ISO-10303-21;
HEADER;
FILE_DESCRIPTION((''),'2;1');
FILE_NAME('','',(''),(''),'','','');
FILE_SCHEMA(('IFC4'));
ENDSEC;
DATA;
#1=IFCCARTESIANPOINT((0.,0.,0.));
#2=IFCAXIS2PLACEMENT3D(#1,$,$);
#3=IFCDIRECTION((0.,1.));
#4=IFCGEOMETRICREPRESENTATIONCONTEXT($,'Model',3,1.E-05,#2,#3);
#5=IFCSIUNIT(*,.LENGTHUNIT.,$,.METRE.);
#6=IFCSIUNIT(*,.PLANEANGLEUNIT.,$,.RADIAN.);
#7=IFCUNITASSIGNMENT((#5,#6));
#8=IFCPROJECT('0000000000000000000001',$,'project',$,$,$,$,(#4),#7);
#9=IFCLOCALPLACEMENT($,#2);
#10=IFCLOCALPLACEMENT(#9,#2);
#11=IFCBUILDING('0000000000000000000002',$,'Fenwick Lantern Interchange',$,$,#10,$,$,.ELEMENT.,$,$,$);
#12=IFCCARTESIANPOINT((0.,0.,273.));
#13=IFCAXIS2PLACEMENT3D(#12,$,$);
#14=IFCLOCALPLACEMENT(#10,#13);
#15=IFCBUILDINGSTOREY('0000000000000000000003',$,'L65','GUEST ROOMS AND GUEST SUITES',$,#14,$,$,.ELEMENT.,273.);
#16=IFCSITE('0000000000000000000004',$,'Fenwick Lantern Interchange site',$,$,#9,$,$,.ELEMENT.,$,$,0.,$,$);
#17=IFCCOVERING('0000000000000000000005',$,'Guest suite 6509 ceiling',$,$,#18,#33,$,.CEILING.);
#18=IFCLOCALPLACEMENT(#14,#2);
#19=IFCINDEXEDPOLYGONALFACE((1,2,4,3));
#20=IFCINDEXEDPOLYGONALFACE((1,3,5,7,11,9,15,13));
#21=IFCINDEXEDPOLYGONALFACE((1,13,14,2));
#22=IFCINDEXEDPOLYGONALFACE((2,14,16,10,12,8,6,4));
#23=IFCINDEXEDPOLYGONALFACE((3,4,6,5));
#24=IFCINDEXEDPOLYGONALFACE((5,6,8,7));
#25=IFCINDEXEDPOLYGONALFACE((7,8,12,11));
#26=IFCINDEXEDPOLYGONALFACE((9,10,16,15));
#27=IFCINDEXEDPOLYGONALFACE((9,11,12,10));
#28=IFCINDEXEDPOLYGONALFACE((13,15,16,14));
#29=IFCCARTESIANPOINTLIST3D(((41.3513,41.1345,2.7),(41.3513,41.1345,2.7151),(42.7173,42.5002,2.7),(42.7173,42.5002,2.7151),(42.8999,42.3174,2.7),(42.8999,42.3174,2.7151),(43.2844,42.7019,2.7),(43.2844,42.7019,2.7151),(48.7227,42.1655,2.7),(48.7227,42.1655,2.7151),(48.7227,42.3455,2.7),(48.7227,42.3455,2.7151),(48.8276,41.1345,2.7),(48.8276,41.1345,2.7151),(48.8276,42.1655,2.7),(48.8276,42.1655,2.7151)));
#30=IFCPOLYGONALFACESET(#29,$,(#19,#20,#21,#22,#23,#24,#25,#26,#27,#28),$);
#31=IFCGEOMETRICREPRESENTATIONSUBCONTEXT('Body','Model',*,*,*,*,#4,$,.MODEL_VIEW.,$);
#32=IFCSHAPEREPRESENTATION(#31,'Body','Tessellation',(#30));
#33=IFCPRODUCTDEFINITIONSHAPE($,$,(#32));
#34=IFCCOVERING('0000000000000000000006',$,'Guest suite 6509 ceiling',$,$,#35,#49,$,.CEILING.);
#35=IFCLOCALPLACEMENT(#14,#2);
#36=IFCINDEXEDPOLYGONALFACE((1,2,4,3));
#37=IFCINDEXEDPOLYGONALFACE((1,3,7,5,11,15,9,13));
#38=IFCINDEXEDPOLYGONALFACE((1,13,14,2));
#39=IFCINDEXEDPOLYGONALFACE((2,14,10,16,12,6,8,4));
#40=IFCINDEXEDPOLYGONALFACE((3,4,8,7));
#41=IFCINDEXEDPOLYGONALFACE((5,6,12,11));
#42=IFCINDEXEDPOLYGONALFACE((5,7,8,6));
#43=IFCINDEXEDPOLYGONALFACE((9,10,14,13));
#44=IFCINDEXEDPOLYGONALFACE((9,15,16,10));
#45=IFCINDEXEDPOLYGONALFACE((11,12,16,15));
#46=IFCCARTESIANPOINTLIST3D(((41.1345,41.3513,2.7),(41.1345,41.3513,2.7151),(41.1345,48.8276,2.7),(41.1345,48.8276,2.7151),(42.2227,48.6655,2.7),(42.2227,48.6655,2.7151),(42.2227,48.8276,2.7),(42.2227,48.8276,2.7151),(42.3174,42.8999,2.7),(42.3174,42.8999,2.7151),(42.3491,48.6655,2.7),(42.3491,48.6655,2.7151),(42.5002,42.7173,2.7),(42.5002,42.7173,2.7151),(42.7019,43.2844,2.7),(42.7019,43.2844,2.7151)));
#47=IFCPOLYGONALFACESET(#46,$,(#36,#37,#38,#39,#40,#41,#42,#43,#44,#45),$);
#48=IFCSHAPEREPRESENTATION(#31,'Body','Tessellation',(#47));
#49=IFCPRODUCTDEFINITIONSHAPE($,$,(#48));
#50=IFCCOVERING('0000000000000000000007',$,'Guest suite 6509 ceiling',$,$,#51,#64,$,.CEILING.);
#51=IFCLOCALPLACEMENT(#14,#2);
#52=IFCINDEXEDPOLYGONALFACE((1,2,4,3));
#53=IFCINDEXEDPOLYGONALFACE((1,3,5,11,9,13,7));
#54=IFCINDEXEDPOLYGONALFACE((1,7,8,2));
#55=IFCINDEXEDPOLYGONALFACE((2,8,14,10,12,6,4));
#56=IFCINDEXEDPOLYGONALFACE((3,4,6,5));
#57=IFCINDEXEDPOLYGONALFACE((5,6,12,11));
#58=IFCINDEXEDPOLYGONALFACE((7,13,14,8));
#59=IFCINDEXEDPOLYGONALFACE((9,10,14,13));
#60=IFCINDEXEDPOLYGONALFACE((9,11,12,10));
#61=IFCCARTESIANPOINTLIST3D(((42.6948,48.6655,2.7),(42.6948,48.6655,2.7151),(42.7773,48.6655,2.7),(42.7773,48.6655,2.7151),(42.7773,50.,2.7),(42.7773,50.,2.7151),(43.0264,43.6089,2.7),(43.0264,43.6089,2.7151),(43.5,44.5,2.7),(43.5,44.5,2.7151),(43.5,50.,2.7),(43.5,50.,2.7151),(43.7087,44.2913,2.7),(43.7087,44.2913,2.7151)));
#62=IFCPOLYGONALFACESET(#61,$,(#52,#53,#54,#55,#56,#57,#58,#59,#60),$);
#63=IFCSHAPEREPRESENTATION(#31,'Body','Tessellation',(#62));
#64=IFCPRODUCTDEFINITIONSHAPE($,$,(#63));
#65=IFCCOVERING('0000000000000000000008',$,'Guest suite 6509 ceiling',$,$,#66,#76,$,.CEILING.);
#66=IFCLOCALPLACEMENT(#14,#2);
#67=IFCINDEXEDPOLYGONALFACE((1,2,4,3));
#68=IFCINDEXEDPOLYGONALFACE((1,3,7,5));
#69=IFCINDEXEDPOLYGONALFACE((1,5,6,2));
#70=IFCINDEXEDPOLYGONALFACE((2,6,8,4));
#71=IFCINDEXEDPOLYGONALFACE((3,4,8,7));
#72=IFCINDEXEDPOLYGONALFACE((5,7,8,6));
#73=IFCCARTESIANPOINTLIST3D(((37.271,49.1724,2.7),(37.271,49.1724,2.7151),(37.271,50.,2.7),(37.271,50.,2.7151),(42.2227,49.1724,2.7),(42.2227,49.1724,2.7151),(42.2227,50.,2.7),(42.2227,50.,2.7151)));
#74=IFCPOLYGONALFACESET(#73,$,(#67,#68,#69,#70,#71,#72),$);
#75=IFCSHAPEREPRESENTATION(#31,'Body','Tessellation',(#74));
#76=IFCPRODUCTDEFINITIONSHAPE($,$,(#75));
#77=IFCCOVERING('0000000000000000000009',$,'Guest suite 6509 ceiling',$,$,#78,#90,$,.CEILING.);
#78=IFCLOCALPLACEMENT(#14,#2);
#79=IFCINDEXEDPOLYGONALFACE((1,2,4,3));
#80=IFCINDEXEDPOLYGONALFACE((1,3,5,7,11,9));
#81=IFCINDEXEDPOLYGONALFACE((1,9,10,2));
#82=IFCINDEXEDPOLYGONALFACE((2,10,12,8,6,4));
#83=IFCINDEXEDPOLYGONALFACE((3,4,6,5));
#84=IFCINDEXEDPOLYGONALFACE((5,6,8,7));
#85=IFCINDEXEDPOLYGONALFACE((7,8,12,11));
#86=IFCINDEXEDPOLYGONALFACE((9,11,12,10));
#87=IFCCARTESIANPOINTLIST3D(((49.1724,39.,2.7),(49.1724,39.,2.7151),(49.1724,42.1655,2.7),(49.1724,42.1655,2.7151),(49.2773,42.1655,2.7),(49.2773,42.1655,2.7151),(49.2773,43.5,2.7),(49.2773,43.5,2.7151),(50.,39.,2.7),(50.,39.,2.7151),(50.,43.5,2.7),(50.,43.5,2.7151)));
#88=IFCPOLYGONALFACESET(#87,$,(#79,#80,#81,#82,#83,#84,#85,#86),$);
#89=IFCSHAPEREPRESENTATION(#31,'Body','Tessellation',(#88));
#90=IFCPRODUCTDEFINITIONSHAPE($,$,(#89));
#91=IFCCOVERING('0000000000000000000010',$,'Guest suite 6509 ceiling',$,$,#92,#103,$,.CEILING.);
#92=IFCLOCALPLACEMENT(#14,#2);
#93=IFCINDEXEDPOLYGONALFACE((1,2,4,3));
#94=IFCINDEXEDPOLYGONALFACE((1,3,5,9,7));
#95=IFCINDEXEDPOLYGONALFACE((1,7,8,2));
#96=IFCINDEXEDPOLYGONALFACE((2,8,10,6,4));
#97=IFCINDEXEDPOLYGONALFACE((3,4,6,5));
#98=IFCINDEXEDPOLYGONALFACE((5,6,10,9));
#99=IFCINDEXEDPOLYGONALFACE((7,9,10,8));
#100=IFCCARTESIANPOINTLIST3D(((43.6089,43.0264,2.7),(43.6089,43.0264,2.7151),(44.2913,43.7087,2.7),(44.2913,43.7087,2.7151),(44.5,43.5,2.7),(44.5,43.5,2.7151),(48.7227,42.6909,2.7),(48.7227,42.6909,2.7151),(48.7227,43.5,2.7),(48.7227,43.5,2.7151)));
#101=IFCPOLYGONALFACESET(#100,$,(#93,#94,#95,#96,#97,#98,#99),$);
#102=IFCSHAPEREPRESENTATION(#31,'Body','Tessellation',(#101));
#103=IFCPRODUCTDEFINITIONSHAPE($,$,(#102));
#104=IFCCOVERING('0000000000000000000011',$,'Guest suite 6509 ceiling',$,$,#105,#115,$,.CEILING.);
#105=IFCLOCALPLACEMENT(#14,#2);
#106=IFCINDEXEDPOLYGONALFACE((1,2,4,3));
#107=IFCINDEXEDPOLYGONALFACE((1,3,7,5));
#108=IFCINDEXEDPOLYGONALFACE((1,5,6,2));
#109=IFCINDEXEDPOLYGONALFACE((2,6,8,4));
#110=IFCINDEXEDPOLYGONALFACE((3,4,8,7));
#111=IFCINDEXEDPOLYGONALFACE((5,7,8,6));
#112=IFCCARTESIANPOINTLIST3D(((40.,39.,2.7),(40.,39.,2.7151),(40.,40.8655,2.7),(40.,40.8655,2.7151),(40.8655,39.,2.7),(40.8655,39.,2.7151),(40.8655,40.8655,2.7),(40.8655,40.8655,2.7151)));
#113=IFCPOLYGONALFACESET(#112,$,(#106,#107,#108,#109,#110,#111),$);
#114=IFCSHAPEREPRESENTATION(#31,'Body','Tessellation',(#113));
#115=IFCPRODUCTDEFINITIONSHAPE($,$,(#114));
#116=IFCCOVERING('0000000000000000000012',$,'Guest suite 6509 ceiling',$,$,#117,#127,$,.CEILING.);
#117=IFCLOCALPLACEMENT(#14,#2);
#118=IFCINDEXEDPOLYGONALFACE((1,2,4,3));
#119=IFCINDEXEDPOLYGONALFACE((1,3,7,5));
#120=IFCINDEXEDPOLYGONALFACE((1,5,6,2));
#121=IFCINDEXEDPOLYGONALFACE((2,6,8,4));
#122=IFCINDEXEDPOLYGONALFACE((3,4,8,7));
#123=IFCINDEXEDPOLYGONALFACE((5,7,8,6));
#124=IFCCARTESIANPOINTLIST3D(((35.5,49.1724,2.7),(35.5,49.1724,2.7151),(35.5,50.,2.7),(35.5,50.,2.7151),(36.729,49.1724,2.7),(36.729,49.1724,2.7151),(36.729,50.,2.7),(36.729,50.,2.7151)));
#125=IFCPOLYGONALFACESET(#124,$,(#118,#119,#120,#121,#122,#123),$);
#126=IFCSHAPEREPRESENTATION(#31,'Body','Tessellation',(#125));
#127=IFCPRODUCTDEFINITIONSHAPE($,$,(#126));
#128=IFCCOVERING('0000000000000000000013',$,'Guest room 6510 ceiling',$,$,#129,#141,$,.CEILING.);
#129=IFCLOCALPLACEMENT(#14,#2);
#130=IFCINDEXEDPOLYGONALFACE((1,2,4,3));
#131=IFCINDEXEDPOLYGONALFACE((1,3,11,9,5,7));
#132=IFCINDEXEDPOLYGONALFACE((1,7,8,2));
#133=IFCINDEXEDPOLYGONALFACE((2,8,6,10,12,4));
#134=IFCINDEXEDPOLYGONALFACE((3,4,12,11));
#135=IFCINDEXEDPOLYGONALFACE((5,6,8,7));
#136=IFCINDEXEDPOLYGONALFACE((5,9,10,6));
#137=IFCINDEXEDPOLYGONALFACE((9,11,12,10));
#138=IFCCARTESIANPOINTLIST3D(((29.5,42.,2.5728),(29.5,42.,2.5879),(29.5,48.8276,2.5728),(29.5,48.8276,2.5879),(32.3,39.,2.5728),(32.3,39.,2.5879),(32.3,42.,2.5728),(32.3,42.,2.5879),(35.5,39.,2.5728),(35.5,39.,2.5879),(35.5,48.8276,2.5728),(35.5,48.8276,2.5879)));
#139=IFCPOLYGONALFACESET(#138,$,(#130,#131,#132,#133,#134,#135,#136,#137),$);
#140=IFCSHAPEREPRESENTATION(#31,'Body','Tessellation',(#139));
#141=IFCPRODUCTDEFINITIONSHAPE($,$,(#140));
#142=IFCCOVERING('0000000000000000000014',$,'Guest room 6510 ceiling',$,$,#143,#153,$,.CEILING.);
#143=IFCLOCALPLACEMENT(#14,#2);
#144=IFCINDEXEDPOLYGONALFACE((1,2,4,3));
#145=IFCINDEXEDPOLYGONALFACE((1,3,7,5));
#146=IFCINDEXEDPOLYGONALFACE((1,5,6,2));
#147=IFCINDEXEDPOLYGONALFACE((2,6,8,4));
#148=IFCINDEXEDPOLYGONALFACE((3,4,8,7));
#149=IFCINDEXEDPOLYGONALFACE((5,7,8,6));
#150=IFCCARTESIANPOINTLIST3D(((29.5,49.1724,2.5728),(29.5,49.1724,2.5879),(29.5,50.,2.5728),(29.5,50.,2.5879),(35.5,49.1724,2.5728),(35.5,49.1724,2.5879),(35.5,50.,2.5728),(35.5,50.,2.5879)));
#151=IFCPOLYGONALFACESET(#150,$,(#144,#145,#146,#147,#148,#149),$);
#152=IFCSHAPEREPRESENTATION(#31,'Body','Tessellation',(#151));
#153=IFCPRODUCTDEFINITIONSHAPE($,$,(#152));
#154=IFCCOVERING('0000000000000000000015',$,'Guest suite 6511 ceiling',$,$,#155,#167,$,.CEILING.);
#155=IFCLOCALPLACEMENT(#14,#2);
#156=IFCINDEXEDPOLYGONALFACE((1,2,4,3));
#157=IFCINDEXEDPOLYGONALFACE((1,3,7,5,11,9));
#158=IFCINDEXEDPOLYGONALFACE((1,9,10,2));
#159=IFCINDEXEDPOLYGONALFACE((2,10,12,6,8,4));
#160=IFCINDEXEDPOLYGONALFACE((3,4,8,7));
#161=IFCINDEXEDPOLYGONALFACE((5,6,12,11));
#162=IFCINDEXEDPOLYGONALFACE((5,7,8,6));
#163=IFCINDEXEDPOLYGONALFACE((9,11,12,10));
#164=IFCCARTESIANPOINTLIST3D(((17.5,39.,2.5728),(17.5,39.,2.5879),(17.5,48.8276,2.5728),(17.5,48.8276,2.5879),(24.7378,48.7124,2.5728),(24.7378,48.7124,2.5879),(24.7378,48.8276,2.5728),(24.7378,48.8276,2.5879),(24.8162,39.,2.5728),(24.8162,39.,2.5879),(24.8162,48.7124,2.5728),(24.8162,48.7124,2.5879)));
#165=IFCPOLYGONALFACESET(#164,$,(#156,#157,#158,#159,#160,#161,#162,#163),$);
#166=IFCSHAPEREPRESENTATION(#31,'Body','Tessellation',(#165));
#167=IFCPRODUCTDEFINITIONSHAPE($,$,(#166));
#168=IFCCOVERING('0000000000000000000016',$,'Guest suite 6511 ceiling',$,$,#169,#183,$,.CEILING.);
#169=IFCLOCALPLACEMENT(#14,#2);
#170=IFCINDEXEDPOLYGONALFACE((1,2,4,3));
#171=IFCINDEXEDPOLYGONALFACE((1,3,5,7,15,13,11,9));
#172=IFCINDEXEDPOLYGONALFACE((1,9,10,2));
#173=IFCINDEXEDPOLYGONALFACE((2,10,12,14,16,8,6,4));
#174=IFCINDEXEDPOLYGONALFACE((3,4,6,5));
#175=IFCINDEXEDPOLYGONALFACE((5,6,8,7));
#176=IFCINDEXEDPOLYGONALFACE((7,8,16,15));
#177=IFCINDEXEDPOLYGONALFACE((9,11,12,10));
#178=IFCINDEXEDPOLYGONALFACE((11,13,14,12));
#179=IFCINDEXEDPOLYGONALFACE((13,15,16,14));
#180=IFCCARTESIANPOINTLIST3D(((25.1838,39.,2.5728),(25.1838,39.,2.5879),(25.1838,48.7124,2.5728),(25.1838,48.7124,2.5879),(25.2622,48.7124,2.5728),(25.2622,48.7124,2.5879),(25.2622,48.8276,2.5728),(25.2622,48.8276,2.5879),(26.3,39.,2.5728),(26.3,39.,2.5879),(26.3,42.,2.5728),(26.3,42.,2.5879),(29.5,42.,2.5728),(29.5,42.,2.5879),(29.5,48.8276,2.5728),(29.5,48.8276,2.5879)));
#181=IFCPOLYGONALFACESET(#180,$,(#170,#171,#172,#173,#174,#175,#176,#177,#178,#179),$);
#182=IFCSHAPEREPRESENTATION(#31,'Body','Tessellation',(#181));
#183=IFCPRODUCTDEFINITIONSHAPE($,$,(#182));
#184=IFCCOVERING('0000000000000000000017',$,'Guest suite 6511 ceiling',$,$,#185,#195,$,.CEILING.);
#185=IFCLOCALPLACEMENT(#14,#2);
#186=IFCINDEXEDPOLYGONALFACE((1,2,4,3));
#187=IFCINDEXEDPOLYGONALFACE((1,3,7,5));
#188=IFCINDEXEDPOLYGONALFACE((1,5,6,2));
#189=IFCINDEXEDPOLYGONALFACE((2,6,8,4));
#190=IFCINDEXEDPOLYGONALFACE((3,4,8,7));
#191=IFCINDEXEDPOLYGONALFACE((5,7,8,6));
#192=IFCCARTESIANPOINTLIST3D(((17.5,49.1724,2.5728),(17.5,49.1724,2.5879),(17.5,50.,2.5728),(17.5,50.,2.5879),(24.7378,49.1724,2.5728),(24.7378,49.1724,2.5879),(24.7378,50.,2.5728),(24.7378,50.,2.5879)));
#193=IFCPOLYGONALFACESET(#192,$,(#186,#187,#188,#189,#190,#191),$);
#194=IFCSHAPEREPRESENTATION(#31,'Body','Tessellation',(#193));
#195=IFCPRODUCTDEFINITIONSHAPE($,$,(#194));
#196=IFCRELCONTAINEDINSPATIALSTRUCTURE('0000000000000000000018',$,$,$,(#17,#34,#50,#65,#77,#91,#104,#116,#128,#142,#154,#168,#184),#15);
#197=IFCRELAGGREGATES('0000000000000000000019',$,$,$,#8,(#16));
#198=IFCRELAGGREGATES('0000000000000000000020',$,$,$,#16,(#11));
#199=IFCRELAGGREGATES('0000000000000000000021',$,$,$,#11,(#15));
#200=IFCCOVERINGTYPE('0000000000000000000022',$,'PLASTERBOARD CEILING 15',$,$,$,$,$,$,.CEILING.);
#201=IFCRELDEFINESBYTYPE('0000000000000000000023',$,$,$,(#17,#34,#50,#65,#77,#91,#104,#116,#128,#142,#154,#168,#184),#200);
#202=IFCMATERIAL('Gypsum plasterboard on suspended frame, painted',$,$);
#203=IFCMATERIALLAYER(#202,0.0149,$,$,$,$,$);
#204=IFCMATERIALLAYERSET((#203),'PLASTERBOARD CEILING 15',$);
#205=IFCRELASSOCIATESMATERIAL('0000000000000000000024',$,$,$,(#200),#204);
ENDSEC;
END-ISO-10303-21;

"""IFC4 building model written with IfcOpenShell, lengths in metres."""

from ifc_helpers import new_model, si_unit, direction, frame, origin, place, context, subcontext, project, spatial, polyline, outline, extrude, material, layer, layer_set, type_object, element, save


model = new_model("IFC4")

# Units and contexts
model_context = context("Model", 3, precision=1e-05, world=origin(), true_north=direction((0.0, 1.0)))
body_context = subcontext(model_context, "Body", "Model", "MODEL_VIEW")
ifc_project = project(units=[si_unit("LENGTHUNIT", "METRE"), si_unit("PLANEANGLEUNIT", "RADIAN")], contexts=[model_context])

# Site, building, storey
site_placement = place(None, origin())
site = spatial("IfcSite", under=ifc_project, at=site_placement, Name="Fenwick Lantern Interchange site", CompositionType="ELEMENT", RefElevation=0.0)
building_placement = place(site_placement, origin())
building = spatial("IfcBuilding", under=site, at=building_placement, Name="Fenwick Lantern Interchange", CompositionType="ELEMENT")
storey_placement = place(building_placement, frame((0.0, 0.0, 273.0)))
storey = spatial("IfcBuildingStorey", under=building, at=storey_placement, Name="L65", Description="GUEST ROOMS AND GUEST SUITES", CompositionType="ELEMENT", Elevation=273.0)

# Coverings
ifc_material_1 = material(Name="Gypsum plasterboard on suspended frame, painted")
ifc_layer_1 = layer(ifc_material_1, 0.0149)
ifc_layer_set_1 = layer_set([ifc_layer_1], Name="PLASTERBOARD CEILING 15")
covering_type_1 = type_object("IfcCoveringType", Name="PLASTERBOARD CEILING 15", PredefinedType="CEILING", material=ifc_layer_set_1)
covering_1_placement = place(storey_placement, frame((0.0, 0.0, 2.7)))
element("IfcCovering", 1, at=covering_1_placement, inside=storey, type_object=covering_type_1, Name="Guest suite 6509 ceiling", PredefinedType="CEILING", context=body_context, shape_type="SweptSolid", body=[
    extrude(outline(polyline([(42.8999, 42.3174), (42.7173, 42.5002), (41.3513, 41.1345), (48.8276, 41.1345), (48.8276, 42.1655), (48.7227, 42.1655), (48.7227, 42.3455), (43.2844, 42.7019), (42.8999, 42.3174)])), origin(), (0.0, 0.0, 1.0), 0.0151),
])
covering_2_placement = place(storey_placement, frame((0.0, 0.0, 2.7)))
element("IfcCovering", 2, at=covering_2_placement, inside=storey, type_object=covering_type_1, Name="Guest suite 6509 ceiling", PredefinedType="CEILING", context=body_context, shape_type="SweptSolid", body=[
    extrude(outline(polyline([(42.2227, 48.6655), (42.2227, 48.8276), (41.1345, 48.8276), (41.1345, 41.3513), (42.5002, 42.7173), (42.3174, 42.8999), (42.7019, 43.2844), (42.3491, 48.6655), (42.2227, 48.6655)])), origin(), (0.0, 0.0, 1.0), 0.0151),
])
covering_3_placement = place(storey_placement, frame((0.0, 0.0, 2.7)))
element("IfcCovering", 3, at=covering_3_placement, inside=storey, type_object=covering_type_1, Name="Guest suite 6509 ceiling", PredefinedType="CEILING", context=body_context, shape_type="SweptSolid", body=[
    extrude(outline(polyline([(42.7773, 48.6655), (42.6948, 48.6655), (43.0264, 43.6089), (43.7087, 44.2913), (43.5, 44.5), (43.5, 50.0), (42.7773, 50.0), (42.7773, 48.6655)])), origin(), (0.0, 0.0, 1.0), 0.0151),
])
covering_4_placement = place(storey_placement, frame((0.0, 0.0, 2.7)))
element("IfcCovering", 4, at=covering_4_placement, inside=storey, type_object=covering_type_1, Name="Guest suite 6509 ceiling", PredefinedType="CEILING", context=body_context, shape_type="SweptSolid", body=[
    extrude(outline(polyline([(37.271, 50.0), (37.271, 49.1724), (42.2227, 49.1724), (42.2227, 50.0), (37.271, 50.0)])), origin(), (0.0, 0.0, 1.0), 0.0151),
])
covering_5_placement = place(storey_placement, frame((0.0, 0.0, 2.7)))
element("IfcCovering", 5, at=covering_5_placement, inside=storey, type_object=covering_type_1, Name="Guest suite 6509 ceiling", PredefinedType="CEILING", context=body_context, shape_type="SweptSolid", body=[
    extrude(outline(polyline([(49.2773, 43.5), (49.2773, 42.1655), (49.1724, 42.1655), (49.1724, 39.0), (50.0, 39.0), (50.0, 43.5), (49.2773, 43.5)])), origin(), (0.0, 0.0, 1.0), 0.0151),
])
covering_6_placement = place(storey_placement, frame((0.0, 0.0, 2.7)))
element("IfcCovering", 6, at=covering_6_placement, inside=storey, type_object=covering_type_1, Name="Guest suite 6509 ceiling", PredefinedType="CEILING", context=body_context, shape_type="SweptSolid", body=[
    extrude(outline(polyline([(44.2913, 43.7087), (43.6089, 43.0264), (48.7227, 42.6909), (48.7227, 43.5), (44.5, 43.5), (44.2913, 43.7087)])), origin(), (0.0, 0.0, 1.0), 0.0151),
])
covering_7_placement = place(storey_placement, frame((0.0, 0.0, 2.7)))
element("IfcCovering", 7, at=covering_7_placement, inside=storey, type_object=covering_type_1, Name="Guest suite 6509 ceiling", PredefinedType="CEILING", context=body_context, shape_type="SweptSolid", body=[
    extrude(outline(polyline([(40.0, 39.0), (40.8655, 39.0), (40.8655, 40.8655), (40.0, 40.8655), (40.0, 39.0)])), origin(), (0.0, 0.0, 1.0), 0.0151),
])
covering_8_placement = place(storey_placement, frame((0.0, 0.0, 2.7)))
element("IfcCovering", 8, at=covering_8_placement, inside=storey, type_object=covering_type_1, Name="Guest suite 6509 ceiling", PredefinedType="CEILING", context=body_context, shape_type="SweptSolid", body=[
    extrude(outline(polyline([(35.5, 50.0), (35.5, 49.1724), (36.729, 49.1724), (36.729, 50.0), (35.5, 50.0)])), origin(), (0.0, 0.0, 1.0), 0.0151),
])
covering_9_placement = place(storey_placement, frame((0.0, 0.0, 2.5728)))
element("IfcCovering", 9, at=covering_9_placement, inside=storey, type_object=covering_type_1, Name="Guest room 6510 ceiling", PredefinedType="CEILING", context=body_context, shape_type="SweptSolid", body=[
    extrude(outline(polyline([(35.5, 39.0), (35.5, 48.8276), (29.5, 48.8276), (29.5, 42.0), (32.3, 42.0), (32.3, 39.0), (35.5, 39.0)])), origin(), (0.0, 0.0, 1.0), 0.0151),
])
covering_10_placement = place(storey_placement, frame((0.0, 0.0, 2.5728)))
element("IfcCovering", 10, at=covering_10_placement, inside=storey, type_object=covering_type_1, Name="Guest room 6510 ceiling", PredefinedType="CEILING", context=body_context, shape_type="SweptSolid", body=[
    extrude(outline(polyline([(35.5, 50.0), (29.5, 50.0), (29.5, 49.1724), (35.5, 49.1724), (35.5, 50.0)])), origin(), (0.0, 0.0, 1.0), 0.0151),
])
covering_11_placement = place(storey_placement, frame((0.0, 0.0, 2.5728)))
element("IfcCovering", 11, at=covering_11_placement, inside=storey, type_object=covering_type_1, Name="Guest suite 6511 ceiling", PredefinedType="CEILING", context=body_context, shape_type="SweptSolid", body=[
    extrude(outline(polyline([(24.7378, 48.7124), (24.7378, 48.8276), (17.5, 48.8276), (17.5, 39.0), (24.8162, 39.0), (24.8162, 48.7124), (24.7378, 48.7124)])), origin(), (0.0, 0.0, 1.0), 0.0151),
])
covering_12_placement = place(storey_placement, frame((0.0, 0.0, 2.5728)))
element("IfcCovering", 12, at=covering_12_placement, inside=storey, type_object=covering_type_1, Name="Guest suite 6511 ceiling", PredefinedType="CEILING", context=body_context, shape_type="SweptSolid", body=[
    extrude(outline(polyline([(25.2622, 48.7124), (25.1838, 48.7124), (25.1838, 39.0), (26.3, 39.0), (26.3, 42.0), (29.5, 42.0), (29.5, 48.8276), (25.2622, 48.8276), (25.2622, 48.7124)])), origin(), (0.0, 0.0, 1.0), 0.0151),
])
covering_13_placement = place(storey_placement, frame((0.0, 0.0, 2.5728)))
element("IfcCovering", 13, at=covering_13_placement, inside=storey, type_object=covering_type_1, Name="Guest suite 6511 ceiling", PredefinedType="CEILING", context=body_context, shape_type="SweptSolid", body=[
    extrude(outline(polyline([(24.7378, 50.0), (17.5, 50.0), (17.5, 49.1724), (24.7378, 49.1724), (24.7378, 50.0)])), origin(), (0.0, 0.0, 1.0), 0.0151),
])

save(model, "model.ifc")
